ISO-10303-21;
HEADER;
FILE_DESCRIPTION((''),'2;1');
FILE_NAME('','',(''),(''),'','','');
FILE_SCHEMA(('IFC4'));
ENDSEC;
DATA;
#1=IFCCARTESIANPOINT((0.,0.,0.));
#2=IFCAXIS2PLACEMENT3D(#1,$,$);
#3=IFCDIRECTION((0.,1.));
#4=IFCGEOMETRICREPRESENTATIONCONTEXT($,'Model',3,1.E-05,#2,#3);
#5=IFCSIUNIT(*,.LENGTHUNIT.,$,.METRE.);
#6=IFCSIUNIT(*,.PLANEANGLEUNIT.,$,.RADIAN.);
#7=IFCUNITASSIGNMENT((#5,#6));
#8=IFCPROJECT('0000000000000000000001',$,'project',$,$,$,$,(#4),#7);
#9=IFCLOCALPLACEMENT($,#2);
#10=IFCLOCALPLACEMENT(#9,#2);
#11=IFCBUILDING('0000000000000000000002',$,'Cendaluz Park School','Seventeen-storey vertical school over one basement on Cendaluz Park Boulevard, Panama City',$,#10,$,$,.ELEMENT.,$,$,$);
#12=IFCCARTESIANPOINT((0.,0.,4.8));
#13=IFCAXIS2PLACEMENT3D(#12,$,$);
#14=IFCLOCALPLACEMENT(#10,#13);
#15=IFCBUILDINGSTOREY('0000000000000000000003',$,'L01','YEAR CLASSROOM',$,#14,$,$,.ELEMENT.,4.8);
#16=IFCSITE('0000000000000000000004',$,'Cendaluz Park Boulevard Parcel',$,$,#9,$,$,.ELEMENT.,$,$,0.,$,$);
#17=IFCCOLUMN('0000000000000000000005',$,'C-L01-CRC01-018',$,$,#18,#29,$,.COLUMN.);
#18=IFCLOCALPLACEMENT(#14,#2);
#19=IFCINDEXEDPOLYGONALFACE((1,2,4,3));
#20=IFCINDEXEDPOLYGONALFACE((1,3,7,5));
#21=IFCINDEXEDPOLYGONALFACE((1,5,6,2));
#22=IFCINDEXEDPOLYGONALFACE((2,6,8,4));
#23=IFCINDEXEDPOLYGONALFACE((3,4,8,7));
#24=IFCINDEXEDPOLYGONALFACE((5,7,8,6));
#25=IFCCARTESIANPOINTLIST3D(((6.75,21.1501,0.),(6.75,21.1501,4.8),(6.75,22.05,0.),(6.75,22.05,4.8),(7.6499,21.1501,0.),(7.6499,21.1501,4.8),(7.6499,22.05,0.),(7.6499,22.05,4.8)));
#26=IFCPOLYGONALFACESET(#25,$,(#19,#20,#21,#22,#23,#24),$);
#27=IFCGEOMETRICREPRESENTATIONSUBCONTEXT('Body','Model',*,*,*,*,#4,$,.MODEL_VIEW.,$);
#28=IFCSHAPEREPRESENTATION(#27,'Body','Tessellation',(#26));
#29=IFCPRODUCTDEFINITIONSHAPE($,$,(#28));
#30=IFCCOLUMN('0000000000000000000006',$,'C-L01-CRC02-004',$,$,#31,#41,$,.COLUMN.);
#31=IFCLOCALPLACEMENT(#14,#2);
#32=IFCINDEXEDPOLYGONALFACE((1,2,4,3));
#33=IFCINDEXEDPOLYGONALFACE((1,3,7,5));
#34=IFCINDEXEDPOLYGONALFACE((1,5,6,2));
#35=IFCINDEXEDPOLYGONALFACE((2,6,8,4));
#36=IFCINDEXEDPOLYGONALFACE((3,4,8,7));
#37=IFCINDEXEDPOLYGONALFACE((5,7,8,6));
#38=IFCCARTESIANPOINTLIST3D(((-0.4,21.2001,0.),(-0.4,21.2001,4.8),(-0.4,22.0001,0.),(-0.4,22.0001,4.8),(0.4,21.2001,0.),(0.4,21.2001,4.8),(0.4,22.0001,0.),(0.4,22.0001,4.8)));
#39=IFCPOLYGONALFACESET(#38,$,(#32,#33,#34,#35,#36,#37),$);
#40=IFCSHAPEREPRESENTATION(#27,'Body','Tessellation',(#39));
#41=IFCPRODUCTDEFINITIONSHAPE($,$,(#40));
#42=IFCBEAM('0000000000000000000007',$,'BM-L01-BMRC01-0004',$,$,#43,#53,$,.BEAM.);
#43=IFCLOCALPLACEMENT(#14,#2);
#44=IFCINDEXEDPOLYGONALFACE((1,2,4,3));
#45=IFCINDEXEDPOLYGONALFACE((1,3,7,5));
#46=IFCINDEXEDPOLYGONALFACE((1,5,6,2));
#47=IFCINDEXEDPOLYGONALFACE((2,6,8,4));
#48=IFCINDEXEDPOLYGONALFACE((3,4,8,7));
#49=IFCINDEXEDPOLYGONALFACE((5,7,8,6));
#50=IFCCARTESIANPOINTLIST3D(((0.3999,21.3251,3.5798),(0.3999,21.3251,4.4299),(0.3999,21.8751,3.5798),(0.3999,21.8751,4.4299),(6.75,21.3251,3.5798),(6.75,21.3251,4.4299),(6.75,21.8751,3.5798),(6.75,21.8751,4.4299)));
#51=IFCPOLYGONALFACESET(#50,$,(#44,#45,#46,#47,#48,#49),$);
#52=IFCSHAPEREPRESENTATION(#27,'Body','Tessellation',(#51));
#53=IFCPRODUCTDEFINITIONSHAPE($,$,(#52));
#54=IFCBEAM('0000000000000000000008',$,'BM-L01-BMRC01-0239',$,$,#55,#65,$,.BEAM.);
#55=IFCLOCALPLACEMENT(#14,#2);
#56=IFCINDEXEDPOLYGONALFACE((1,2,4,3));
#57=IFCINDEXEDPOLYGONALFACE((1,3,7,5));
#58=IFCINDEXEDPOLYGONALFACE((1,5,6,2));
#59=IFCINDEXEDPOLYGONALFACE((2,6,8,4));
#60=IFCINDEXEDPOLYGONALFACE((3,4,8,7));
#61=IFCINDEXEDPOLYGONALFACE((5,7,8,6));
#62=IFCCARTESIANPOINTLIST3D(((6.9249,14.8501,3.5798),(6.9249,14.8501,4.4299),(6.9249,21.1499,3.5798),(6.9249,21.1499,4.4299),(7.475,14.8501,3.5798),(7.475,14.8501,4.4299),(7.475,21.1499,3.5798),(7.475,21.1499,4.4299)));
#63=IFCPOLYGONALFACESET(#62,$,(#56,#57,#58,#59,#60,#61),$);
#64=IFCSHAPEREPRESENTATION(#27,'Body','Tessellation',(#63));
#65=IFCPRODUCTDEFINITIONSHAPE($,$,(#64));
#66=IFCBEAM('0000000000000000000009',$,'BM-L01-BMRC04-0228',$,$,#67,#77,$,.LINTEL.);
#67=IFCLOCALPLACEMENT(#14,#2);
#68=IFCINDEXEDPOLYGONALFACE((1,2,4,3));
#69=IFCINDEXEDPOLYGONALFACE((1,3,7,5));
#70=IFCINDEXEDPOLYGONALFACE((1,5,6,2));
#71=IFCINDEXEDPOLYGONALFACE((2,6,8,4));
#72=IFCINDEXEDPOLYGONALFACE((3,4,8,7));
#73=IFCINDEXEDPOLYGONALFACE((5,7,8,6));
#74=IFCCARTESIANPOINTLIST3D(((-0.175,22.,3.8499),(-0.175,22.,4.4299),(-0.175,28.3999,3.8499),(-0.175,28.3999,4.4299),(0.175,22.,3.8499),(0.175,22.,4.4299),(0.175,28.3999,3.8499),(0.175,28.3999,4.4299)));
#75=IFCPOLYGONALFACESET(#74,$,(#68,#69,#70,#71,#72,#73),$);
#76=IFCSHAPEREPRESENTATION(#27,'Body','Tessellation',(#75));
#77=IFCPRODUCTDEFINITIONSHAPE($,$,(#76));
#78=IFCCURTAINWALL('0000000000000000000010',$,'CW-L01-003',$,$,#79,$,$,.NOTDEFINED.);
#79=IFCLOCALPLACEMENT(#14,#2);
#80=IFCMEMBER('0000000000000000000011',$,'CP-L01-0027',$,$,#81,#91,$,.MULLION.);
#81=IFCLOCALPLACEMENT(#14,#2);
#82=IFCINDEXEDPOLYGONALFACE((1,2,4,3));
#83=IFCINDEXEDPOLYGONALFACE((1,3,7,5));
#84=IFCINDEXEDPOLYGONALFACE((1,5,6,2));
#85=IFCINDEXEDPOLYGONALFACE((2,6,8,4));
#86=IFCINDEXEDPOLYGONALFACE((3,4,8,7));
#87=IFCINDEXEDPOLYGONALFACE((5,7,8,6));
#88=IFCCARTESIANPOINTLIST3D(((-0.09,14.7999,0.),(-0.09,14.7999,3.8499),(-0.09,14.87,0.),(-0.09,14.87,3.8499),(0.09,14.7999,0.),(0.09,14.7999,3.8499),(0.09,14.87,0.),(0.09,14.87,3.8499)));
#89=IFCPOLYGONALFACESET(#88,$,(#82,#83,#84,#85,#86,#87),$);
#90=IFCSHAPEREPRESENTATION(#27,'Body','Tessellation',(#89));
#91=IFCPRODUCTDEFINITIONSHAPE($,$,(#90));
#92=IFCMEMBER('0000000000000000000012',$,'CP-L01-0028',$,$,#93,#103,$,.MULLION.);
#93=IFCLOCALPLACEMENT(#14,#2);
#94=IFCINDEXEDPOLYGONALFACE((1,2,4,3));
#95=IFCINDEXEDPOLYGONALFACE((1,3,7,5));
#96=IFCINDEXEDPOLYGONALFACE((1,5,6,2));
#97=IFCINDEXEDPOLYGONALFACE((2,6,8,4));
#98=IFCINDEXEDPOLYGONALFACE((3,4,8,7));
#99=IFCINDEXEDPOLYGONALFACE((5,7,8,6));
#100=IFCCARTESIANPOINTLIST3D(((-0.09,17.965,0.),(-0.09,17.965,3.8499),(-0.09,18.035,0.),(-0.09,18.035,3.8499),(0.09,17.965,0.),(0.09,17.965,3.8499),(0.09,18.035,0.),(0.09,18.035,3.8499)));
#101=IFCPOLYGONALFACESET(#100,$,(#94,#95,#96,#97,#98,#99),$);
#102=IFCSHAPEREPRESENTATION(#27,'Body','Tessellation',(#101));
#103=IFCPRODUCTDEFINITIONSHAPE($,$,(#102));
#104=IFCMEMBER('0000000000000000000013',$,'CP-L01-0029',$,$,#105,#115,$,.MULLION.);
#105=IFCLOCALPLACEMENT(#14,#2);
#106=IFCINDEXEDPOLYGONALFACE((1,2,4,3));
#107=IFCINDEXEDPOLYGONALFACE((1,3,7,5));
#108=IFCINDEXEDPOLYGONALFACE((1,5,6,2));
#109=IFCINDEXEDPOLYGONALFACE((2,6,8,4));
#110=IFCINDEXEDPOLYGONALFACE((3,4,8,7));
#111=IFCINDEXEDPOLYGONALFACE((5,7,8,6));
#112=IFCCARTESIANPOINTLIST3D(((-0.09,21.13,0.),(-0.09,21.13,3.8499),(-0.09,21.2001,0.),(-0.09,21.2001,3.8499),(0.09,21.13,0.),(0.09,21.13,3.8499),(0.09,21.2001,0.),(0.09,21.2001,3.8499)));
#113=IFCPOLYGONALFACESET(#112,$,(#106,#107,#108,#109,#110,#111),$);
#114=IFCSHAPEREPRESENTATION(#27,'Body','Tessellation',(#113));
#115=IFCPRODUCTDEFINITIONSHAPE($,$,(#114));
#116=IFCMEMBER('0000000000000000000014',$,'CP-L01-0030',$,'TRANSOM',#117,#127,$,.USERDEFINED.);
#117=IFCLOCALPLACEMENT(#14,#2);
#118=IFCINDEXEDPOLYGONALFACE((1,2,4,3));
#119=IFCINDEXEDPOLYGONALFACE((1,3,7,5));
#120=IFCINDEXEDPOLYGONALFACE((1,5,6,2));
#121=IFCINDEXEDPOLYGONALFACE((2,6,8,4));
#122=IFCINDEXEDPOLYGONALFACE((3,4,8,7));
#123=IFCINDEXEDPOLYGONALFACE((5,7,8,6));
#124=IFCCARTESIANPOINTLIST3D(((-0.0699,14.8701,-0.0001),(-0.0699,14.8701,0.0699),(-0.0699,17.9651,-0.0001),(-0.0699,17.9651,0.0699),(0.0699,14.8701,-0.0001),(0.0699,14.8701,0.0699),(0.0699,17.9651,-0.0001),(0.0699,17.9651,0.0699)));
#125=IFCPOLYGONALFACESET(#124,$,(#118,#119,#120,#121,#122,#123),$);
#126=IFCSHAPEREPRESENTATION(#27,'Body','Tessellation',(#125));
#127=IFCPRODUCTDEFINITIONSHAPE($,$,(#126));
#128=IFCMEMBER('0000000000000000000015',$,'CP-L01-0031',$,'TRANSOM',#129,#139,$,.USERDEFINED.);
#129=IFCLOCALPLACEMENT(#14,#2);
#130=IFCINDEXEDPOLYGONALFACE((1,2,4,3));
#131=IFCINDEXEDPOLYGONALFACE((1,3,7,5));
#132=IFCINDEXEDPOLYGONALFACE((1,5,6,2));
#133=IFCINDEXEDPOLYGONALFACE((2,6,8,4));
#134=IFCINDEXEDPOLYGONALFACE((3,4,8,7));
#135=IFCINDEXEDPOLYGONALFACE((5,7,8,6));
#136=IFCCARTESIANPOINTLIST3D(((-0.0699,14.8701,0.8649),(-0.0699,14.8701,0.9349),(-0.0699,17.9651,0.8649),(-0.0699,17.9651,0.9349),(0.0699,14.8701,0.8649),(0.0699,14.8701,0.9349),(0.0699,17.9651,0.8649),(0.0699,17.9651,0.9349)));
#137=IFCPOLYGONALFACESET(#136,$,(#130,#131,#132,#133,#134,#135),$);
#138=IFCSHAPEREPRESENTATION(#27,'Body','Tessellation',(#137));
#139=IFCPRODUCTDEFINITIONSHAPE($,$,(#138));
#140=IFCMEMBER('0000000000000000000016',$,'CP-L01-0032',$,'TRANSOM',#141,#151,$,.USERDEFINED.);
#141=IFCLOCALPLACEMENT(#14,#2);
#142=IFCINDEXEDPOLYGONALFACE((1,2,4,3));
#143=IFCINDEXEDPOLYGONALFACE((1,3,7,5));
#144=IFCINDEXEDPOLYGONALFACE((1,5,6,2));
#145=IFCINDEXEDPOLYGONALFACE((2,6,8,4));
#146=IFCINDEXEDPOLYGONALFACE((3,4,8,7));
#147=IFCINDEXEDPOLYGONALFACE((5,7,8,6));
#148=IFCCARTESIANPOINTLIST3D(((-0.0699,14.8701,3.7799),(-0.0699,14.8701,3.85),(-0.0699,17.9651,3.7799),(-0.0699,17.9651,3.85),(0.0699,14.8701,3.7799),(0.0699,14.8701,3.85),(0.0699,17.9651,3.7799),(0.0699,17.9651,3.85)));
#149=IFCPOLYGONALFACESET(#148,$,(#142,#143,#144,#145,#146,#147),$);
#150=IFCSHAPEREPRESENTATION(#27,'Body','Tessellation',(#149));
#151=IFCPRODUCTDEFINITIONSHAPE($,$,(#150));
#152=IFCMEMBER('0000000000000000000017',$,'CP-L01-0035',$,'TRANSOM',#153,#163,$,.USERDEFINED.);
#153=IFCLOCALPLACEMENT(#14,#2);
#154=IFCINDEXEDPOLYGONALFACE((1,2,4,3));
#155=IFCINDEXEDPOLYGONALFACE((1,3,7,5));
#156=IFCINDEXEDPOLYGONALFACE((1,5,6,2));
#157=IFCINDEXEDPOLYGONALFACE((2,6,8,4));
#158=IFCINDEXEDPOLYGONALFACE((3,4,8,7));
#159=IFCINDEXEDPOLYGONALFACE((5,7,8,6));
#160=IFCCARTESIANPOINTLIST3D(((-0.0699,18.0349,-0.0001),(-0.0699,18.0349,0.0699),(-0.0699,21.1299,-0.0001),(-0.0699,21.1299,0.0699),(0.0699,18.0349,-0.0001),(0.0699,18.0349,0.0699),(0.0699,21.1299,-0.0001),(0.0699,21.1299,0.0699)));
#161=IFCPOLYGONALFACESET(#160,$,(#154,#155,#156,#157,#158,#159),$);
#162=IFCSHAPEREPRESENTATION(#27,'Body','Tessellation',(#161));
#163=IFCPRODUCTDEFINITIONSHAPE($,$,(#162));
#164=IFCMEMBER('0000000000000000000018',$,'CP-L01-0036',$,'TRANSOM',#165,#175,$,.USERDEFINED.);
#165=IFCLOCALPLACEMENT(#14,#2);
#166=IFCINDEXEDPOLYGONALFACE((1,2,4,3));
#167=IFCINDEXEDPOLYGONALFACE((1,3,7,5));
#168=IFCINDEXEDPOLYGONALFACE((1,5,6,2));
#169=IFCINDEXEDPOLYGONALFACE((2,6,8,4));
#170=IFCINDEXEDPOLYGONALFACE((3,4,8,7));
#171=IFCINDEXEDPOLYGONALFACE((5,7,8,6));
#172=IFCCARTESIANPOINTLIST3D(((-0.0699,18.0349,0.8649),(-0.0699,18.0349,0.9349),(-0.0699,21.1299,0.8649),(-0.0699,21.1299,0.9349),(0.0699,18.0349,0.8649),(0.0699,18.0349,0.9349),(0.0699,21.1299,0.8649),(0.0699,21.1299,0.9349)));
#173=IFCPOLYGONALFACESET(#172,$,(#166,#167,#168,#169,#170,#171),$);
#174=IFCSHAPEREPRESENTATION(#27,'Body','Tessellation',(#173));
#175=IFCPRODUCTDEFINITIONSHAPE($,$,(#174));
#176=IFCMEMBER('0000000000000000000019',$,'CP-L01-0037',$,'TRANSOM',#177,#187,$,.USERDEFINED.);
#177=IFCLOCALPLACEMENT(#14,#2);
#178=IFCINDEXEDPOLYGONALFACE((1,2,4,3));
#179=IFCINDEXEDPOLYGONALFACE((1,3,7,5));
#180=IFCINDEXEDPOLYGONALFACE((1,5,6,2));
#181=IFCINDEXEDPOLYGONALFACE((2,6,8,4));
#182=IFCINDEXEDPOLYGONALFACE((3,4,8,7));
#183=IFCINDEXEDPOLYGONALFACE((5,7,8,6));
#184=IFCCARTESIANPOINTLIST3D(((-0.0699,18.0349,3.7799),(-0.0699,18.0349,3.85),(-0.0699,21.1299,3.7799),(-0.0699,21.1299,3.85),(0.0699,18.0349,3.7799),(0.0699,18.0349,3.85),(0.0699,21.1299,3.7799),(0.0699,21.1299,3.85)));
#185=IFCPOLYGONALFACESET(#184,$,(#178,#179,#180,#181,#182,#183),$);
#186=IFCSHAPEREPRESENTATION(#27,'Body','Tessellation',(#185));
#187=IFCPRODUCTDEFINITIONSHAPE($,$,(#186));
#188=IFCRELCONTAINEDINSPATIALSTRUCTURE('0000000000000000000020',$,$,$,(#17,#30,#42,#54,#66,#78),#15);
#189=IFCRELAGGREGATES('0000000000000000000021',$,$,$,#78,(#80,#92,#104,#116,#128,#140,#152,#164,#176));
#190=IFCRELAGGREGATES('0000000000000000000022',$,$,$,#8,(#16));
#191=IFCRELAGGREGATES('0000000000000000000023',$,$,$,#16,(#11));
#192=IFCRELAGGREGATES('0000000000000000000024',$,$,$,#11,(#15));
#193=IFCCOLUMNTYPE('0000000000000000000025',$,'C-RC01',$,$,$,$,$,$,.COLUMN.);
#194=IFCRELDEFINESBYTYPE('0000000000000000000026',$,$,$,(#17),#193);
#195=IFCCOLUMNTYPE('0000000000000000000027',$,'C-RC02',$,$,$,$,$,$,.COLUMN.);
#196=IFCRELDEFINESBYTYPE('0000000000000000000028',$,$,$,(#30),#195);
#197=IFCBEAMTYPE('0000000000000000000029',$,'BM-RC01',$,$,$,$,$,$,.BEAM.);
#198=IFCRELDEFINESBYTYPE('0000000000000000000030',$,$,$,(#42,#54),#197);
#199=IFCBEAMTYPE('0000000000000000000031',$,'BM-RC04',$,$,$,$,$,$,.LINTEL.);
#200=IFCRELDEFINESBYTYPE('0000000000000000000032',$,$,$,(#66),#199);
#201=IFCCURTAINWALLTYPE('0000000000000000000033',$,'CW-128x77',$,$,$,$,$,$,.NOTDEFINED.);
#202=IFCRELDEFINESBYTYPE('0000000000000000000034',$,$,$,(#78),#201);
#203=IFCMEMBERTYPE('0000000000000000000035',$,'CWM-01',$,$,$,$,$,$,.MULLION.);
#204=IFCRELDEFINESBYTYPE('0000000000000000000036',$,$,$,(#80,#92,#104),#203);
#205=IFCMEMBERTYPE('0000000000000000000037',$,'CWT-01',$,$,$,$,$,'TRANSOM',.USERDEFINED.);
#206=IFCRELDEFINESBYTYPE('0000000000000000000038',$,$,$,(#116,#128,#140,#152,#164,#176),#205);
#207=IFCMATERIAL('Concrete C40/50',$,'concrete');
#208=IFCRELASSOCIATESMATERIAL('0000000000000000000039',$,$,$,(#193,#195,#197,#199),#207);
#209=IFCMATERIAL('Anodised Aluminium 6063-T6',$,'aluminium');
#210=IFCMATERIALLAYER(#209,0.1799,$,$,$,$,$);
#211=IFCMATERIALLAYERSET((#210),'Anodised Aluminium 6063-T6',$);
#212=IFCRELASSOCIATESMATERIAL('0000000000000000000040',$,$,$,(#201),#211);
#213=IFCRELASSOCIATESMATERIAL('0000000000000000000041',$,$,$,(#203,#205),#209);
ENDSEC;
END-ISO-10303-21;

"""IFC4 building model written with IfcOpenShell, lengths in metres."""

from ifc_helpers import new_model, si_unit, direction, frame, origin, origin_2d, place, context, subcontext, project, spatial, rectangle, extrude, material, layer, layer_set, material_profile, profile_set, type_object, element, aggregate, save


model = new_model("IFC4")

# Units and contexts
model_context = context("Model", 3, precision=1e-05, world=origin(), true_north=direction((0.0, 1.0)))
body_context = subcontext(model_context, "Body", "Model", "MODEL_VIEW")
ifc_project = project(units=[si_unit("LENGTHUNIT", "METRE"), si_unit("PLANEANGLEUNIT", "RADIAN")], contexts=[model_context])

# Site, building, storey
site_placement = place(None, origin())
site = spatial("IfcSite", under=ifc_project, at=site_placement, Name="Cendaluz Park Boulevard Parcel", CompositionType="ELEMENT", RefElevation=0.0)
building_placement = place(site_placement, origin())
building = spatial("IfcBuilding", under=site, at=building_placement, Name="Cendaluz Park School", Description="Seventeen-storey vertical school over one basement on Cendaluz Park Boulevard, Panama City", CompositionType="ELEMENT")
storey_placement = place(building_placement, frame((0.0, 0.0, 4.8)))
storey = spatial("IfcBuildingStorey", under=building, at=storey_placement, Name="L01", Description="YEAR CLASSROOM", CompositionType="ELEMENT", Elevation=4.8)

# Columns
ifc_material_1 = material(Name="Concrete C40/50", Category="concrete")
ifc_material_profile_1 = material_profile(ifc_material_1, rectangle(XDim=0.8999, YDim=0.8999, at=origin_2d()), Name="RC 900x900", Category="concrete")
ifc_profile_set_1 = profile_set([ifc_material_profile_1], Name="Concrete C40/50")
column_type_1 = type_object("IfcColumnType", Name="C-RC01", PredefinedType="COLUMN", material=ifc_profile_set_1)
column_1_placement = place(storey_placement, frame((7.2, 21.6001, 0.0), z_axis=(0.0, 0.0, 1.0), x_axis=(1.0, 0.0, 0.0)))
element("IfcColumn", 1, at=column_1_placement, inside=storey, type_object=column_type_1, Name="C-L01-CRC01-018", PredefinedType="COLUMN", context=body_context, shape_type="SweptSolid", body=[
    extrude(rectangle(XDim=0.8999, YDim=0.8999, at=origin_2d()), origin(), (0.0, 0.0, 1.0), 4.8),
])
ifc_material_profile_2 = material_profile(ifc_material_1, rectangle(XDim=0.8, YDim=0.8, at=origin_2d()), Name="RC 800x800", Category="concrete")
ifc_profile_set_2 = profile_set([ifc_material_profile_2], Name="Concrete C40/50")
column_type_2 = type_object("IfcColumnType", Name="C-RC02", PredefinedType="COLUMN", material=ifc_profile_set_2)
column_2_placement = place(storey_placement, frame((0.0, 21.6001, 0.0), z_axis=(0.0, 0.0, 1.0), x_axis=(1.0, 0.0, 0.0)))
element("IfcColumn", 2, at=column_2_placement, inside=storey, type_object=column_type_2, Name="C-L01-CRC02-004", PredefinedType="COLUMN", context=body_context, shape_type="SweptSolid", body=[
    extrude(rectangle(XDim=0.8, YDim=0.8, at=origin_2d()), origin(), (0.0, 0.0, 1.0), 4.8),
])

# Beams
ifc_material_profile_3 = material_profile(ifc_material_1, rectangle(XDim=0.55, YDim=0.8501, at=origin_2d()), Name="RC 550x850", Category="concrete")
ifc_profile_set_3 = profile_set([ifc_material_profile_3], Name="Concrete C40/50")
beam_type_1 = type_object("IfcBeamType", Name="BM-RC01", PredefinedType="BEAM", material=ifc_profile_set_3)
beam_1_placement = place(storey_placement, frame((0.3999, 21.6001, 4.0049), z_axis=(1.0, 0.0, 0.0), x_axis=(0.0, 1.0, 0.0)))
element("IfcBeam", 3, at=beam_1_placement, inside=storey, type_object=beam_type_1, Name="BM-L01-BMRC01-0004", PredefinedType="BEAM", context=body_context, shape_type="SweptSolid", body=[
    extrude(rectangle(XDim=0.55, YDim=0.8501, at=origin_2d()), origin(), (0.0, 0.0, 1.0), 6.3501),
])
beam_2_placement = place(storey_placement, frame((7.2, 14.8501, 4.0049), z_axis=(0.0, 1.0, 0.0), x_axis=(-1.0, 0.0, 0.0)))
element("IfcBeam", 4, at=beam_2_placement, inside=storey, type_object=beam_type_1, Name="BM-L01-BMRC01-0239", PredefinedType="BEAM", context=body_context, shape_type="SweptSolid", body=[
    extrude(rectangle(XDim=0.55, YDim=0.8501, at=origin_2d()), origin(), (0.0, 0.0, 1.0), 6.2998),
])
ifc_material_profile_4 = material_profile(ifc_material_1, rectangle(XDim=0.3501, YDim=0.5801, at=origin_2d()), Name="RC 350x580", Category="concrete")
ifc_profile_set_4 = profile_set([ifc_material_profile_4], Name="Concrete C40/50")
beam_type_2 = type_object("IfcBeamType", Name="BM-RC04", PredefinedType="LINTEL", material=ifc_profile_set_4)
beam_3_placement = place(storey_placement, frame((0.0, 22.0, 4.1399), z_axis=(0.0, 1.0, 0.0), x_axis=(-1.0, 0.0, 0.0)))
element("IfcBeam", 5, at=beam_3_placement, inside=storey, type_object=beam_type_2, Name="BM-L01-BMRC04-0228", PredefinedType="LINTEL", context=body_context, shape_type="SweptSolid", body=[
    extrude(rectangle(XDim=0.3501, YDim=0.5801, at=origin_2d()), origin(), (0.0, 0.0, 1.0), 6.3999),
])

# Curtain wall, members
ifc_material_2 = material(Name="Anodised Aluminium 6063-T6", Category="aluminium")
ifc_layer_1 = layer(ifc_material_2, 0.1799)
ifc_layer_set_1 = layer_set([ifc_layer_1], Name="Anodised Aluminium 6063-T6")
curtain_wall_type = type_object("IfcCurtainWallType", Name="CW-128x77", PredefinedType="NOTDEFINED", material=ifc_layer_set_1)
curtain_wall_placement = place(storey_placement, origin())
curtain_wall = element("IfcCurtainWall", 6, at=curtain_wall_placement, inside=storey, type_object=curtain_wall_type, Name="CW-L01-003", PredefinedType="NOTDEFINED")
ifc_material_profile_5 = material_profile(ifc_material_2, rectangle(XDim=0.1799, YDim=0.0701, at=origin_2d()), Name="CWM 180x70", Category="aluminium")
ifc_profile_set_5 = profile_set([ifc_material_profile_5], Name="Anodised Aluminium 6063-T6")
member_type_1 = type_object("IfcMemberType", Name="CWM-01", PredefinedType="MULLION", material=ifc_profile_set_5)
member_1_placement = place(storey_placement, frame((0.0, 14.835, 0.0), z_axis=(0.0, 0.0, 1.0), x_axis=(-1.0, 0.0, 0.0)))
member_1 = element("IfcMember", 7, at=member_1_placement, type_object=member_type_1, Name="CP-L01-0027", PredefinedType="MULLION", context=body_context, shape_type="SweptSolid", body=[
    extrude(rectangle(XDim=0.1799, YDim=0.0701, at=origin_2d()), origin(), (0.0, 0.0, 1.0), 3.8499),
])
member_2_placement = place(storey_placement, frame((0.0, 18.0, 0.0), z_axis=(0.0, 0.0, 1.0), x_axis=(-1.0, 0.0, 0.0)))
member_2 = element("IfcMember", 8, at=member_2_placement, type_object=member_type_1, Name="CP-L01-0028", PredefinedType="MULLION", context=body_context, shape_type="SweptSolid", body=[
    extrude(rectangle(XDim=0.1799, YDim=0.0701, at=origin_2d()), origin(), (0.0, 0.0, 1.0), 3.8499),
])
member_3_placement = place(storey_placement, frame((0.0, 21.165, 0.0), z_axis=(0.0, 0.0, 1.0), x_axis=(-1.0, 0.0, 0.0)))
member_3 = element("IfcMember", 9, at=member_3_placement, type_object=member_type_1, Name="CP-L01-0029", PredefinedType="MULLION", context=body_context, shape_type="SweptSolid", body=[
    extrude(rectangle(XDim=0.1799, YDim=0.0701, at=origin_2d()), origin(), (0.0, 0.0, 1.0), 3.8499),
])
ifc_material_profile_6 = material_profile(ifc_material_2, rectangle(XDim=0.1399, YDim=0.0701, at=origin_2d()), Name="CWT 140x70", Category="aluminium")
ifc_profile_set_6 = profile_set([ifc_material_profile_6], Name="Anodised Aluminium 6063-T6")
member_type_2 = type_object("IfcMemberType", Name="CWT-01", ElementType="TRANSOM", PredefinedType="USERDEFINED", material=ifc_profile_set_6)
member_4_placement = place(storey_placement, frame((0.0, 14.8701, 0.0349), z_axis=(0.0, 1.0, 0.0), x_axis=(-1.0, 0.0, 0.0)))
member_4 = element("IfcMember", 10, at=member_4_placement, type_object=member_type_2, Name="CP-L01-0030", ObjectType="TRANSOM", PredefinedType="USERDEFINED", context=body_context, shape_type="SweptSolid", body=[
    extrude(rectangle(XDim=0.1399, YDim=0.0701, at=origin_2d()), origin(), (0.0, 0.0, 1.0), 3.095),
])
member_5_placement = place(storey_placement, frame((0.0, 14.8701, 0.8999), z_axis=(0.0, 1.0, 0.0), x_axis=(-1.0, 0.0, 0.0)))
member_5 = element("IfcMember", 11, at=member_5_placement, type_object=member_type_2, Name="CP-L01-0031", ObjectType="TRANSOM", PredefinedType="USERDEFINED", context=body_context, shape_type="SweptSolid", body=[
    extrude(rectangle(XDim=0.1399, YDim=0.0701, at=origin_2d()), origin(), (0.0, 0.0, 1.0), 3.095),
])
member_6_placement = place(storey_placement, frame((0.0, 14.8701, 3.8149), z_axis=(0.0, 1.0, 0.0), x_axis=(-1.0, 0.0, 0.0)))
member_6 = element("IfcMember", 12, at=member_6_placement, type_object=member_type_2, Name="CP-L01-0032", ObjectType="TRANSOM", PredefinedType="USERDEFINED", context=body_context, shape_type="SweptSolid", body=[
    extrude(rectangle(XDim=0.1399, YDim=0.0701, at=origin_2d()), origin(), (0.0, 0.0, 1.0), 3.095),
])
member_7_placement = place(storey_placement, frame((0.0, 18.0349, 0.0349), z_axis=(0.0, 1.0, 0.0), x_axis=(-1.0, 0.0, 0.0)))
member_7 = element("IfcMember", 13, at=member_7_placement, type_object=member_type_2, Name="CP-L01-0035", ObjectType="TRANSOM", PredefinedType="USERDEFINED", context=body_context, shape_type="SweptSolid", body=[
    extrude(rectangle(XDim=0.1399, YDim=0.0701, at=origin_2d()), origin(), (0.0, 0.0, 1.0), 3.095),
])
member_8_placement = place(storey_placement, frame((0.0, 18.0349, 0.8999), z_axis=(0.0, 1.0, 0.0), x_axis=(-1.0, 0.0, 0.0)))
member_8 = element("IfcMember", 14, at=member_8_placement, type_object=member_type_2, Name="CP-L01-0036", ObjectType="TRANSOM", PredefinedType="USERDEFINED", context=body_context, shape_type="SweptSolid", body=[
    extrude(rectangle(XDim=0.1399, YDim=0.0701, at=origin_2d()), origin(), (0.0, 0.0, 1.0), 3.095),
])
member_9_placement = place(storey_placement, frame((0.0, 18.0349, 3.8149), z_axis=(0.0, 1.0, 0.0), x_axis=(-1.0, 0.0, 0.0)))
member_9 = element("IfcMember", 15, at=member_9_placement, type_object=member_type_2, Name="CP-L01-0037", ObjectType="TRANSOM", PredefinedType="USERDEFINED", context=body_context, shape_type="SweptSolid", body=[
    extrude(rectangle(XDim=0.1399, YDim=0.0701, at=origin_2d()), origin(), (0.0, 0.0, 1.0), 3.095),
])
aggregate(curtain_wall, [member_1, member_2, member_3, member_4, member_5, member_6, member_7, member_8, member_9])

save(model, "model.ifc")
